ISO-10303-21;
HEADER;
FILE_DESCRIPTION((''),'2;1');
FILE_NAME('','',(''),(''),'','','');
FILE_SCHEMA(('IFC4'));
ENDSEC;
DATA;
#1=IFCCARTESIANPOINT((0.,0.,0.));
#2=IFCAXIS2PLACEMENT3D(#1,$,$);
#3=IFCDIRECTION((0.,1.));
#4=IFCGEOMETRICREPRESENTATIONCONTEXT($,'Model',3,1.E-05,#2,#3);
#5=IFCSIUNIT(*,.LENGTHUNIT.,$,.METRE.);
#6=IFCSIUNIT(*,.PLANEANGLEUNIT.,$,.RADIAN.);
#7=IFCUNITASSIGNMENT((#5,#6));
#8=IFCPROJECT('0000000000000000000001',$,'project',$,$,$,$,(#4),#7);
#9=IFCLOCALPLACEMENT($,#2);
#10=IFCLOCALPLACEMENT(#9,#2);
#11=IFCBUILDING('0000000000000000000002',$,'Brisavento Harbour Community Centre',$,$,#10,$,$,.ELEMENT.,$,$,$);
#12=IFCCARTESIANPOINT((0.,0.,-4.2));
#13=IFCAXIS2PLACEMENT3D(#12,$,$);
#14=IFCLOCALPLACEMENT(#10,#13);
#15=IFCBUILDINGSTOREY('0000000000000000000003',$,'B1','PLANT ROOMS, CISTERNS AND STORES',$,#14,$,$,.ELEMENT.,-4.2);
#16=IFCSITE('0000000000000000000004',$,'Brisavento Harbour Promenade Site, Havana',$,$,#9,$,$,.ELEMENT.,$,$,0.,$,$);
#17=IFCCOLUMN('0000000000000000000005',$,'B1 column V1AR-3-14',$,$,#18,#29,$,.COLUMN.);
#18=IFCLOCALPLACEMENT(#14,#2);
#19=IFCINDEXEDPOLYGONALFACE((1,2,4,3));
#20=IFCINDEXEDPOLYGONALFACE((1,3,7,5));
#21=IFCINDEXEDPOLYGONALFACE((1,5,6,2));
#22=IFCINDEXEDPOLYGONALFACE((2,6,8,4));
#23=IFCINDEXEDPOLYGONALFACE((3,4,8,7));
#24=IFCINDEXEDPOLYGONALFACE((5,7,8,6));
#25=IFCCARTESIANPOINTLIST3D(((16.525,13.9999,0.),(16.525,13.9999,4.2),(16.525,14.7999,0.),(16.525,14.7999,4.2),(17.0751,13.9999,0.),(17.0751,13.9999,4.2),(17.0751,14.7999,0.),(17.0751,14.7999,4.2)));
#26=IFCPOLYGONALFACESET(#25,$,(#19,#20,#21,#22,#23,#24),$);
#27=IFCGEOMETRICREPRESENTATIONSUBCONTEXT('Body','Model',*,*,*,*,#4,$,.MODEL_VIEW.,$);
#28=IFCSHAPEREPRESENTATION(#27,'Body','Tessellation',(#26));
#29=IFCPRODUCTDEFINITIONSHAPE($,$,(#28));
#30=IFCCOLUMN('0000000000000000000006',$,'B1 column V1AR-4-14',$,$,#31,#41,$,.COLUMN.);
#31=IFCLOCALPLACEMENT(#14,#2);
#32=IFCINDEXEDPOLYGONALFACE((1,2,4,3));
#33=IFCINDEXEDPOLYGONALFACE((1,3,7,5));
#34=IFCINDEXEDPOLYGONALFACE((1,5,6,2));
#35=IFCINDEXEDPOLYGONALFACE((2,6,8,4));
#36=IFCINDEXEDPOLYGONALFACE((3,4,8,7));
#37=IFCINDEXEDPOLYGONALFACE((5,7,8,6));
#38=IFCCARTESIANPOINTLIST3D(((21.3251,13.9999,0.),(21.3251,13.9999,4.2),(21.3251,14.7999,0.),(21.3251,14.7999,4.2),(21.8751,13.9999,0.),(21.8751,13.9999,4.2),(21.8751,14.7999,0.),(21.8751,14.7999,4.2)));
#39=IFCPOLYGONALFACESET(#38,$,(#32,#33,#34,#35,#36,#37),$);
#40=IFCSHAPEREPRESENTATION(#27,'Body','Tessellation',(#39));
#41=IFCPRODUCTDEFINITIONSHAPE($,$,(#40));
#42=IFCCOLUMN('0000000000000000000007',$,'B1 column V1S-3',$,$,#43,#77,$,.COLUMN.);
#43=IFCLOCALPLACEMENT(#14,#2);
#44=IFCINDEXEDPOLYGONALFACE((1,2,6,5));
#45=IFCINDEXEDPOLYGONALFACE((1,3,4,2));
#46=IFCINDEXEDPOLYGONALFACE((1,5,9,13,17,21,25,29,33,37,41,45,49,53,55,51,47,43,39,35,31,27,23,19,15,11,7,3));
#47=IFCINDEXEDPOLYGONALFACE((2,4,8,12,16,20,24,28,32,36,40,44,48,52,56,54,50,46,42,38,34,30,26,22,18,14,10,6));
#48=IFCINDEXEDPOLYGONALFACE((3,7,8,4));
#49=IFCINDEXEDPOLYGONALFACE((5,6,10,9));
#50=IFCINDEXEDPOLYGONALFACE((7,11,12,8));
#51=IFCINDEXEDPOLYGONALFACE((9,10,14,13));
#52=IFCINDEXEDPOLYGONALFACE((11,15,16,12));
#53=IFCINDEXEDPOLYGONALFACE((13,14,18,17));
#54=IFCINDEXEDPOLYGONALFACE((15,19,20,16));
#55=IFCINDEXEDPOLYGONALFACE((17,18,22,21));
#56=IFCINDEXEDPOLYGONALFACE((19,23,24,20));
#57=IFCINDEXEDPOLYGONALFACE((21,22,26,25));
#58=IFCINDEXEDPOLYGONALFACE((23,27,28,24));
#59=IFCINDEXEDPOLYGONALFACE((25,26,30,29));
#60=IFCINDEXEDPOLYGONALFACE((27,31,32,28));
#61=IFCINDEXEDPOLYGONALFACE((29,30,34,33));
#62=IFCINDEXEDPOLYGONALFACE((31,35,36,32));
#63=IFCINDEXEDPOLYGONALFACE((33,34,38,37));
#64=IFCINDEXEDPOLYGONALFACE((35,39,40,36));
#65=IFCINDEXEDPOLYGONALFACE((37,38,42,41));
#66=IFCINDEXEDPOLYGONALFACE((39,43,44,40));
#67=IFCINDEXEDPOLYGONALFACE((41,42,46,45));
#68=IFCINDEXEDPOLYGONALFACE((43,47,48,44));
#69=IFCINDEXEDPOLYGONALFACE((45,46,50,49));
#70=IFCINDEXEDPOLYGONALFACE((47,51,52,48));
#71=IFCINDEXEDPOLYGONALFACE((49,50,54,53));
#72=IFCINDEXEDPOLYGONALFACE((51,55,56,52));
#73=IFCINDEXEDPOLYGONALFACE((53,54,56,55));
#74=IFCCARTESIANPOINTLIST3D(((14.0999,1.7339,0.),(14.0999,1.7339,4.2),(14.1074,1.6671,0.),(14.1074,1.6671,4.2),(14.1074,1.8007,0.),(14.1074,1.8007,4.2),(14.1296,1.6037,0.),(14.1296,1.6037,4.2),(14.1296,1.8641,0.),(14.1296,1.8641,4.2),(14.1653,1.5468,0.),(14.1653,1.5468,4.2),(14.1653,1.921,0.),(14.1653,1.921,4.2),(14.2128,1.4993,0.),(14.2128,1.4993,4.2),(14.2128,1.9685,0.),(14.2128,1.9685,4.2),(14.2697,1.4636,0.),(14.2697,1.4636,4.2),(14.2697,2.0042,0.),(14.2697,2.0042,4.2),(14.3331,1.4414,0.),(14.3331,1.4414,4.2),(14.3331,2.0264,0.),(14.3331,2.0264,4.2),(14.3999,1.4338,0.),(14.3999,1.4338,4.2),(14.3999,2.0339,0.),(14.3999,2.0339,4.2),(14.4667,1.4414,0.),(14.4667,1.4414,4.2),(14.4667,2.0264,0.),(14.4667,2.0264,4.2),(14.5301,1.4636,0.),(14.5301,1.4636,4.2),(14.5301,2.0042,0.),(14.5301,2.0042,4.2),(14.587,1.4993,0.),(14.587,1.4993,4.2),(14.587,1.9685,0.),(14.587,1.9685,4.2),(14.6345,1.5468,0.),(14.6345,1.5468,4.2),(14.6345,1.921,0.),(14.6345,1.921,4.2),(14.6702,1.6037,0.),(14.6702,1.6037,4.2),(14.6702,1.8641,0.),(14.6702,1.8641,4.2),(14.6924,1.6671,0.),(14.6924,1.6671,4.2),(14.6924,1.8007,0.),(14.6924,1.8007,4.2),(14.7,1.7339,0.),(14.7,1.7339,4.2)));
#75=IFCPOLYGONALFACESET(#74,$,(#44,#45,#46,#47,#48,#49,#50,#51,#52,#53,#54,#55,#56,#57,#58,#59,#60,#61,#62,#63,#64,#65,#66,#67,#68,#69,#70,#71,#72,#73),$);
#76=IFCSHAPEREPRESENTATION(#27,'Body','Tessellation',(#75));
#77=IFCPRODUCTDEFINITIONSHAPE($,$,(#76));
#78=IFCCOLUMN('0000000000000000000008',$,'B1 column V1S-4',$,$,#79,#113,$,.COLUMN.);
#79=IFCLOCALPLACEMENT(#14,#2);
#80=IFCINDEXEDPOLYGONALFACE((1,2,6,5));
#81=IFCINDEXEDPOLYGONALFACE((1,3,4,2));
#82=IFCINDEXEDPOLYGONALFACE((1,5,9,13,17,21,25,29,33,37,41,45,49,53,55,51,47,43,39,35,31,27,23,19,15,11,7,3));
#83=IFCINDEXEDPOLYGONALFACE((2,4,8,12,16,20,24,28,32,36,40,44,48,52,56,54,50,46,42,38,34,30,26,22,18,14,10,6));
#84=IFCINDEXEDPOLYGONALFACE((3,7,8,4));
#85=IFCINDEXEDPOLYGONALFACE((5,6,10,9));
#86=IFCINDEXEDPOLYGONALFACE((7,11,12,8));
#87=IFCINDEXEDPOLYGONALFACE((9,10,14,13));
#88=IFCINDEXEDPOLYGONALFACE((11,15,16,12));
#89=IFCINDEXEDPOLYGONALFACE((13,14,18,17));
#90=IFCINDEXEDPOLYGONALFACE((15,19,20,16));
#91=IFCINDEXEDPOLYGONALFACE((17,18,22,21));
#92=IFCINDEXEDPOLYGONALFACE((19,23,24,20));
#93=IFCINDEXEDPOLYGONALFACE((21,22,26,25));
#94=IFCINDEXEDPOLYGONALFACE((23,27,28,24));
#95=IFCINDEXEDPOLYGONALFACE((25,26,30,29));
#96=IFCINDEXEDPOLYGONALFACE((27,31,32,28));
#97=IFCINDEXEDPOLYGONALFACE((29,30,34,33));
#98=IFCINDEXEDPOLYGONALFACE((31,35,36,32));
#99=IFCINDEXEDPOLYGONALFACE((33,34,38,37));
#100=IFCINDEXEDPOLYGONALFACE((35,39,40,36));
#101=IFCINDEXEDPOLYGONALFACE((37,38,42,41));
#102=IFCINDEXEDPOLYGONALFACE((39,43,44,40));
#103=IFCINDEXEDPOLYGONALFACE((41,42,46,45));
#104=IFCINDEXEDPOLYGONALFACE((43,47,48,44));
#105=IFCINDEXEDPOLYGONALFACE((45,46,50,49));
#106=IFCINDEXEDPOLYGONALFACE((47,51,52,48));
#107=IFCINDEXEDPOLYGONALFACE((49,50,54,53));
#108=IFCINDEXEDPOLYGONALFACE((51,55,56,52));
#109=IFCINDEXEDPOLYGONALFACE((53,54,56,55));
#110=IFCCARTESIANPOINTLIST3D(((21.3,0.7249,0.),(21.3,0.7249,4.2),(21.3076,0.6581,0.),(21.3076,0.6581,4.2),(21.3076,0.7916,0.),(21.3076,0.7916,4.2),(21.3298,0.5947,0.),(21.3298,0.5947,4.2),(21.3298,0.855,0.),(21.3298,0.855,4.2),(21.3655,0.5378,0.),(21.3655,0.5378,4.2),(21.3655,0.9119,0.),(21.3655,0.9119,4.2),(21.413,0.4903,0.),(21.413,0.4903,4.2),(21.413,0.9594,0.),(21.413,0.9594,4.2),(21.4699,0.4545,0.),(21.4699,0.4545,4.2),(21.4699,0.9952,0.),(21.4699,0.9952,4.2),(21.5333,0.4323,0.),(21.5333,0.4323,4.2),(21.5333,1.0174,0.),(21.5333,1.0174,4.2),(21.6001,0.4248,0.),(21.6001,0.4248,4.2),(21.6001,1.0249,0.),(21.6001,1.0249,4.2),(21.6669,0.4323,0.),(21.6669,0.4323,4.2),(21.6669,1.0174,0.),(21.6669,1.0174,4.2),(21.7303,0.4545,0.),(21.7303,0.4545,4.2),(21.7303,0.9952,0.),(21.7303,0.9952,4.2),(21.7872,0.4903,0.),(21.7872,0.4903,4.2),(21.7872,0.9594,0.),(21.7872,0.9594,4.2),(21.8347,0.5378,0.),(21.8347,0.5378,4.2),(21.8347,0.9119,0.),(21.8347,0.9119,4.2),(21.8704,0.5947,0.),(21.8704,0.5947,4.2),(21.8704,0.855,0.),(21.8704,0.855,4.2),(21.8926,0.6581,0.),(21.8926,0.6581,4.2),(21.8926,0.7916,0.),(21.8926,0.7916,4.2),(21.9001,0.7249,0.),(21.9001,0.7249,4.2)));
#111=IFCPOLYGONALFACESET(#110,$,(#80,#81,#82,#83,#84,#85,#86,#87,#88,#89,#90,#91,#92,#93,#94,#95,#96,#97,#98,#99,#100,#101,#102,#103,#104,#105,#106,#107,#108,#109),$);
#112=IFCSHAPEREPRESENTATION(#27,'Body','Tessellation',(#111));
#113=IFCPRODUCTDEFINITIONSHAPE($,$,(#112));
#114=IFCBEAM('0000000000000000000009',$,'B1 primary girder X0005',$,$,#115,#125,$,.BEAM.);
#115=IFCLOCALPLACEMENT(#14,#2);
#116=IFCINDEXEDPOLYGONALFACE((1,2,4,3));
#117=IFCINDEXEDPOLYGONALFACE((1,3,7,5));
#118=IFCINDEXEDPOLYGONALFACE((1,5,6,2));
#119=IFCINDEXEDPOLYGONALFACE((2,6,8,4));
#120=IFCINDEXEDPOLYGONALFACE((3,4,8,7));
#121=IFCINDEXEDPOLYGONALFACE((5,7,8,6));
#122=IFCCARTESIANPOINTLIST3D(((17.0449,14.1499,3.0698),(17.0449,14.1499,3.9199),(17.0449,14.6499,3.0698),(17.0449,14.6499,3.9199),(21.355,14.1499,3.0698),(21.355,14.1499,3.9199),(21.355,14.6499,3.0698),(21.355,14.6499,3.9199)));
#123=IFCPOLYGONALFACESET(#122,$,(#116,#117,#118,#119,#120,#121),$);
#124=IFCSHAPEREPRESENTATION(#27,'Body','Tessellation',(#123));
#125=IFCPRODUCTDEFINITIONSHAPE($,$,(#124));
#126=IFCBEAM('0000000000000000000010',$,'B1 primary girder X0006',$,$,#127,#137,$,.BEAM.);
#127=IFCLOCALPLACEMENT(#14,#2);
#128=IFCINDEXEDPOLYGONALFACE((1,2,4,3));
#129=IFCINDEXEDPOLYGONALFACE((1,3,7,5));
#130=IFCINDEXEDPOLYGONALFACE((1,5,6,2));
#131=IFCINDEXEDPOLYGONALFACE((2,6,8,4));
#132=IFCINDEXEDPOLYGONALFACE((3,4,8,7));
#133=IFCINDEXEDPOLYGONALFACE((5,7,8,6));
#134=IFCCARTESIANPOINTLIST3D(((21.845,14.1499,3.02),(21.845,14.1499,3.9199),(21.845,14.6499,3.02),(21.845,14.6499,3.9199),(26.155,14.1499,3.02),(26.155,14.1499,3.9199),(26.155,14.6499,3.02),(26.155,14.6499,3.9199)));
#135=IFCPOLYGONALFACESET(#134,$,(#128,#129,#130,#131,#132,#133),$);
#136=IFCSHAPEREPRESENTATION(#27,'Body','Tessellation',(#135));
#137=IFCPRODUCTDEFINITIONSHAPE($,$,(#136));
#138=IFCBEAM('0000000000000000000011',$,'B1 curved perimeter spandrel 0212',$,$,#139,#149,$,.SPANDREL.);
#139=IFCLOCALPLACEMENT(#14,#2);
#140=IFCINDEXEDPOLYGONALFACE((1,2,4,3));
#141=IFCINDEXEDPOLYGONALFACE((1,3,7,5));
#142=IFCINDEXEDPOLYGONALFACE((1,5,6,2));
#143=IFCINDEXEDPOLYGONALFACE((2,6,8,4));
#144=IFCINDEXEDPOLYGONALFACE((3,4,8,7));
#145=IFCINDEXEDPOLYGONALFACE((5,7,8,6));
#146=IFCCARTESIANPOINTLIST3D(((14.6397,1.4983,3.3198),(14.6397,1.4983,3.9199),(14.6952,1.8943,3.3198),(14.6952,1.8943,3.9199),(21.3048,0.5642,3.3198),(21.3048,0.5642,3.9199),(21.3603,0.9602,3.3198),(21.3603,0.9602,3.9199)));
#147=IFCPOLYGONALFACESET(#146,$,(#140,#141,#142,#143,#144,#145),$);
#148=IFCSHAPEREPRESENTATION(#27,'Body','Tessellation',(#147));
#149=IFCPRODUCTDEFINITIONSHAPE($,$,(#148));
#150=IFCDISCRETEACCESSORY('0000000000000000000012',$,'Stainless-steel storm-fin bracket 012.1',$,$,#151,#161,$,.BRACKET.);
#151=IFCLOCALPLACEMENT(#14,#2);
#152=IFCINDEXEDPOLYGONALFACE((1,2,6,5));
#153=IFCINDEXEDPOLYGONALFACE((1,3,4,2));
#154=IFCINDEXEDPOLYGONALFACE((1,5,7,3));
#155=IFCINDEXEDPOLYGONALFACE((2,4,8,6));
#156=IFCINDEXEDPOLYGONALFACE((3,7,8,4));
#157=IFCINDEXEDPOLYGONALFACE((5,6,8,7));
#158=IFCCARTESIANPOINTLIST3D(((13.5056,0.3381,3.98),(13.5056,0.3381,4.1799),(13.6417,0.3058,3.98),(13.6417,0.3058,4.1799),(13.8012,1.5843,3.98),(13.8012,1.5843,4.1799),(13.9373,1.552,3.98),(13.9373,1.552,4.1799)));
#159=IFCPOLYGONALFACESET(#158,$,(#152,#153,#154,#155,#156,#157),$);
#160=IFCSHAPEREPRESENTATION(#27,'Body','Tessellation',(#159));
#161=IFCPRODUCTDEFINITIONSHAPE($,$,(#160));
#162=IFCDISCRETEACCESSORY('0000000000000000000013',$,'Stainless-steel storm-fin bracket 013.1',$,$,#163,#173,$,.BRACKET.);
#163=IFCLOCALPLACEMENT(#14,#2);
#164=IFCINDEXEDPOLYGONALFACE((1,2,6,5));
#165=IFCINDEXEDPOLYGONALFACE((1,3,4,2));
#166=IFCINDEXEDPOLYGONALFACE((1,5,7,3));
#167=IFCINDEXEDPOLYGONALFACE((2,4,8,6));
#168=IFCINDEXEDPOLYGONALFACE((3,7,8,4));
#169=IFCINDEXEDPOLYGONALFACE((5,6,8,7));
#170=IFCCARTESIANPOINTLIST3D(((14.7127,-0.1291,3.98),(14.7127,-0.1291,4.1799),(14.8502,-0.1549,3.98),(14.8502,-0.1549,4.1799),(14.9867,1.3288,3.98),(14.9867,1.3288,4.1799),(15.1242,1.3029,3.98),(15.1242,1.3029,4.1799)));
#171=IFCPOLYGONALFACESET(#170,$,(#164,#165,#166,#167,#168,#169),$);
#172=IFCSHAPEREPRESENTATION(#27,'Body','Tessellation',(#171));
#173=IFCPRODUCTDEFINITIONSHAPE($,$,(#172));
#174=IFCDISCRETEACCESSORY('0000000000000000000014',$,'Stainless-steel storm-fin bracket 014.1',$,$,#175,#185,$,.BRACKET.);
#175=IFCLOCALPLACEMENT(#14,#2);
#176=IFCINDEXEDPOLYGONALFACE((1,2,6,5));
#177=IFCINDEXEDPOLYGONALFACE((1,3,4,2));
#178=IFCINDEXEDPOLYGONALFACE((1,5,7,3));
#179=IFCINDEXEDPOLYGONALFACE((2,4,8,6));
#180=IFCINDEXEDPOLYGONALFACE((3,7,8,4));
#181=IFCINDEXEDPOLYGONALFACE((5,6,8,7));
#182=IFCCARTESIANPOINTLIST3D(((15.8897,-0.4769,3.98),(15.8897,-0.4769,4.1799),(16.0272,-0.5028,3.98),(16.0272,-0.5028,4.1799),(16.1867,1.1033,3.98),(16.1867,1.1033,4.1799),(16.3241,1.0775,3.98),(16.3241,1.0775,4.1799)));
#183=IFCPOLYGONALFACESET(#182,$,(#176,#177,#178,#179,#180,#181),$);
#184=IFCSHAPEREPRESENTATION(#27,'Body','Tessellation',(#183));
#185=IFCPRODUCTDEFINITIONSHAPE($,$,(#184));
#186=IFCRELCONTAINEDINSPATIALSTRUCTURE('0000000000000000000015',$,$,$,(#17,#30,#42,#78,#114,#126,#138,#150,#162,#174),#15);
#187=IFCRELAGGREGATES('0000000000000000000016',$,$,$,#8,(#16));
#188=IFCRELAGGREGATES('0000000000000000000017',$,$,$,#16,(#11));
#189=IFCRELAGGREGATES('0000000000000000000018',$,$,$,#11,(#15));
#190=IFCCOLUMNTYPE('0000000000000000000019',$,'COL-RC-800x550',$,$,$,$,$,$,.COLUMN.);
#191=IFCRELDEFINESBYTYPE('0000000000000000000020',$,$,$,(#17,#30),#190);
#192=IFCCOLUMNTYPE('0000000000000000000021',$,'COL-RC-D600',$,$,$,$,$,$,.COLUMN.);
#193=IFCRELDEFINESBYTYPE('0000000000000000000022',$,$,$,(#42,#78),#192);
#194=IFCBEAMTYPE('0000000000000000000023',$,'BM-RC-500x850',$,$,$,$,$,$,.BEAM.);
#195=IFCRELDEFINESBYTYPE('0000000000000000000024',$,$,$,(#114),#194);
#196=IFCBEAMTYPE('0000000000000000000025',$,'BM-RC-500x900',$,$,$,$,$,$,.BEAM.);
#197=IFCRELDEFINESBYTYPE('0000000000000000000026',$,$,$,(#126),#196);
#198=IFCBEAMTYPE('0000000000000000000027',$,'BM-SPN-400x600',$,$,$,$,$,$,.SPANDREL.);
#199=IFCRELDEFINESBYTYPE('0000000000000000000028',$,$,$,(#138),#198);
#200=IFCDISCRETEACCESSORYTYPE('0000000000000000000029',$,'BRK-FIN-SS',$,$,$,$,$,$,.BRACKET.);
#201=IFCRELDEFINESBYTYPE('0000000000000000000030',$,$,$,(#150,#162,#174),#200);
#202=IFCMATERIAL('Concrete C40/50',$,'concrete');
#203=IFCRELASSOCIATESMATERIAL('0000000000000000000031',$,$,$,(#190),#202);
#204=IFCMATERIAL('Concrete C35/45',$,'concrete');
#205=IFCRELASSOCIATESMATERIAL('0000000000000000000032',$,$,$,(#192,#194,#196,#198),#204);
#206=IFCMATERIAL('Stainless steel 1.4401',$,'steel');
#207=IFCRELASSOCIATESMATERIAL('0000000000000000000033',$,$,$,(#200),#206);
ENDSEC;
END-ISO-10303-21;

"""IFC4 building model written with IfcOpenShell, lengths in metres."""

from ifc_helpers import new_model, si_unit, direction, frame, origin, origin_2d, place, context, subcontext, project, spatial, rectangle, circle, extrude, material, material_profile, profile_set, type_object, element, save


model = new_model("IFC4")

# Units and contexts
model_context = context("Model", 3, precision=1e-05, world=origin(), true_north=direction((0.0, 1.0)))
body_context = subcontext(model_context, "Body", "Model", "MODEL_VIEW")
ifc_project = project(units=[si_unit("LENGTHUNIT", "METRE"), si_unit("PLANEANGLEUNIT", "RADIAN")], contexts=[model_context])

# Site, building, storey
site_placement = place(None, origin())
site = spatial("IfcSite", under=ifc_project, at=site_placement, Name="Brisavento Harbour Promenade Site, Havana", CompositionType="ELEMENT", RefElevation=0.0)
building_placement = place(site_placement, origin())
building = spatial("IfcBuilding", under=site, at=building_placement, Name="Brisavento Harbour Community Centre", CompositionType="ELEMENT")
storey_placement = place(building_placement, frame((0.0, 0.0, -4.2)))
storey = spatial("IfcBuildingStorey", under=building, at=storey_placement, Name="B1", Description="PLANT ROOMS, CISTERNS AND STORES", CompositionType="ELEMENT", Elevation=-4.2)

# Shared definitions
ifc_material_1 = material(Name="Concrete C35/45", Category="concrete")

# Columns
ifc_material_2 = material(Name="Concrete C40/50", Category="concrete")
ifc_material_profile_1 = material_profile(ifc_material_2, rectangle(XDim=0.55, YDim=0.8, at=origin_2d()), Name="Concrete C40/50")
ifc_profile_set_1 = profile_set([ifc_material_profile_1], Name="Concrete C40/50")
column_type_1 = type_object("IfcColumnType", Name="COL-RC-800x550", PredefinedType="COLUMN", material=ifc_profile_set_1)
for number, where, z_axis, x_axis, name in (
    (1, (16.8, 14.3999, 0.0), (0.0, 0.0, 1.0), (1.0, 0.0, 0.0), "B1 column V1AR-3-14"),
    (2, (21.6001, 14.3999, 0.0), (0.0, 0.0, 1.0), (1.0, 0.0, 0.0), "B1 column V1AR-4-14"),
):
    element("IfcColumn", number, at=place(storey_placement, frame(where, z_axis=z_axis, x_axis=x_axis)), inside=storey, type_object=column_type_1, Name=name, PredefinedType="COLUMN", context=body_context, shape_type="SweptSolid", body=[
        extrude(rectangle(XDim=0.55, YDim=0.8, at=origin_2d()), origin(), (0.0, 0.0, 1.0), 4.2),
    ])
ifc_material_profile_2 = material_profile(ifc_material_1, circle(Radius=0.3, at=origin_2d()), Name="Concrete C35/45")
ifc_profile_set_2 = profile_set([ifc_material_profile_2], Name="Concrete C35/45")
column_type_2 = type_object("IfcColumnType", Name="COL-RC-D600", PredefinedType="COLUMN", material=ifc_profile_set_2)
for number, where, z_axis, x_axis, name in (
    (3, (14.3999, 1.7339, 0.0), (0.0, 0.0, 1.0), (1.0, 0.0, 0.0), "B1 column V1S-3"),
    (4, (21.6001, 0.7249, 0.0), (0.0, 0.0, 1.0), (1.0, 0.0, 0.0), "B1 column V1S-4"),
):
    element("IfcColumn", number, at=place(storey_placement, frame(where, z_axis=z_axis, x_axis=x_axis)), inside=storey, type_object=column_type_2, Name=name, PredefinedType="COLUMN", context=body_context, shape_type="SweptSolid", body=[
        extrude(circle(Radius=0.3, at=origin_2d()), origin(), (0.0, 0.0, 1.0), 4.2),
    ])

# Beams
ifc_material_profile_3 = material_profile(ifc_material_1, rectangle(XDim=0.5, YDim=0.8501, at=origin_2d()), Name="Concrete C35/45")
ifc_profile_set_3 = profile_set([ifc_material_profile_3], Name="Concrete C35/45")
beam_type_1 = type_object("IfcBeamType", Name="BM-RC-500x850", PredefinedType="BEAM", material=ifc_profile_set_3)
beam_1_placement = place(storey_placement, frame((17.0449, 14.3999, 3.4949), z_axis=(1.0, 0.0, 0.0), x_axis=(0.0, 1.0, 0.0)))
element("IfcBeam", 5, at=beam_1_placement, inside=storey, type_object=beam_type_1, Name="B1 primary girder X0005", PredefinedType="BEAM", context=body_context, shape_type="SweptSolid", body=[
    extrude(rectangle(XDim=0.5, YDim=0.8501, at=origin_2d()), origin(), (0.0, 0.0, 1.0), 4.3101),
])
ifc_material_profile_4 = material_profile(ifc_material_1, rectangle(XDim=0.5, YDim=0.8999, at=origin_2d()), Name="Concrete C35/45")
ifc_profile_set_4 = profile_set([ifc_material_profile_4], Name="Concrete C35/45")
beam_type_2 = type_object("IfcBeamType", Name="BM-RC-500x900", PredefinedType="BEAM", material=ifc_profile_set_4)
beam_2_placement = place(storey_placement, frame((21.845, 14.3999, 3.47), z_axis=(1.0, 0.0, 0.0), x_axis=(0.0, 1.0, 0.0)))
element("IfcBeam", 6, at=beam_2_placement, inside=storey, type_object=beam_type_2, Name="B1 primary girder X0006", PredefinedType="BEAM", context=body_context, shape_type="SweptSolid", body=[
    extrude(rectangle(XDim=0.5, YDim=0.8999, at=origin_2d()), origin(), (0.0, 0.0, 1.0), 4.3101),
])
ifc_material_profile_5 = material_profile(ifc_material_1, rectangle(XDim=0.3999, YDim=0.6001, at=origin_2d()), Name="Concrete C35/45")
ifc_profile_set_5 = profile_set([ifc_material_profile_5], Name="Concrete C35/45")
beam_type_3 = type_object("IfcBeamType", Name="BM-SPN-400x600", PredefinedType="SPANDREL", material=ifc_profile_set_5)
beam_3_placement = place(storey_placement, frame((14.6675, 1.6963, 3.6199), z_axis=(0.990322, -0.13879, 0.0), x_axis=(0.13879, 0.990322, 0.0)))
element("IfcBeam", 7, at=beam_3_placement, inside=storey, type_object=beam_type_3, Name="B1 curved perimeter spandrel 0212", PredefinedType="SPANDREL", context=body_context, shape_type="SweptSolid", body=[
    extrude(rectangle(XDim=0.3999, YDim=0.6001, at=origin_2d()), origin(), (0.0, 0.0, 1.0), 6.7302),
])

# Discrete accessories
ifc_material_3 = material(Name="Stainless steel 1.4401", Category="steel")
discrete_accessory_type = type_object("IfcDiscreteAccessoryType", Name="BRK-FIN-SS", PredefinedType="BRACKET", material=ifc_material_3)
discrete_accessory_1_placement = place(storey_placement, frame((13.7214, 0.9451, 3.98), z_axis=(0.0, 0.0, 1.0), x_axis=(-0.230831, -0.972994, 0.0)))
element("IfcDiscreteAccessory", 8, at=discrete_accessory_1_placement, inside=storey, type_object=discrete_accessory_type, Name="Stainless-steel storm-fin bracket 012.1", PredefinedType="BRACKET", context=body_context, shape_type="SweptSolid", body=[
    extrude(rectangle(XDim=1.2808, YDim=0.1399, at=origin_2d()), origin(), (0.0, 0.0, 1.0), 0.2),
])
discrete_accessory_2_placement = place(storey_placement, frame((14.9185, 0.5869, 3.98), z_axis=(0.0, 0.0, 1.0), x_axis=(-0.184672, -0.9828, 0.0)))
element("IfcDiscreteAccessory", 9, at=discrete_accessory_2_placement, inside=storey, type_object=discrete_accessory_type, Name="Stainless-steel storm-fin bracket 013.1", PredefinedType="BRACKET", context=body_context, shape_type="SweptSolid", body=[
    extrude(rectangle(XDim=1.4834, YDim=0.1399, at=origin_2d()), origin(), (0.0, 0.0, 1.0), 0.2),
])
discrete_accessory_3_placement = place(storey_placement, frame((16.1069, 0.3003, 3.98), z_axis=(0.0, 0.0, 1.0), x_axis=(-0.184672, -0.9828, 0.0)))
element("IfcDiscreteAccessory", 10, at=discrete_accessory_3_placement, inside=storey, type_object=discrete_accessory_type, Name="Stainless-steel storm-fin bracket 014.1", PredefinedType="BRACKET", context=body_context, shape_type="SweptSolid", body=[
    extrude(rectangle(XDim=1.6079, YDim=0.1399, at=origin_2d()), origin(), (0.0, 0.0, 1.0), 0.2),
])

save(model, "model.ifc")
